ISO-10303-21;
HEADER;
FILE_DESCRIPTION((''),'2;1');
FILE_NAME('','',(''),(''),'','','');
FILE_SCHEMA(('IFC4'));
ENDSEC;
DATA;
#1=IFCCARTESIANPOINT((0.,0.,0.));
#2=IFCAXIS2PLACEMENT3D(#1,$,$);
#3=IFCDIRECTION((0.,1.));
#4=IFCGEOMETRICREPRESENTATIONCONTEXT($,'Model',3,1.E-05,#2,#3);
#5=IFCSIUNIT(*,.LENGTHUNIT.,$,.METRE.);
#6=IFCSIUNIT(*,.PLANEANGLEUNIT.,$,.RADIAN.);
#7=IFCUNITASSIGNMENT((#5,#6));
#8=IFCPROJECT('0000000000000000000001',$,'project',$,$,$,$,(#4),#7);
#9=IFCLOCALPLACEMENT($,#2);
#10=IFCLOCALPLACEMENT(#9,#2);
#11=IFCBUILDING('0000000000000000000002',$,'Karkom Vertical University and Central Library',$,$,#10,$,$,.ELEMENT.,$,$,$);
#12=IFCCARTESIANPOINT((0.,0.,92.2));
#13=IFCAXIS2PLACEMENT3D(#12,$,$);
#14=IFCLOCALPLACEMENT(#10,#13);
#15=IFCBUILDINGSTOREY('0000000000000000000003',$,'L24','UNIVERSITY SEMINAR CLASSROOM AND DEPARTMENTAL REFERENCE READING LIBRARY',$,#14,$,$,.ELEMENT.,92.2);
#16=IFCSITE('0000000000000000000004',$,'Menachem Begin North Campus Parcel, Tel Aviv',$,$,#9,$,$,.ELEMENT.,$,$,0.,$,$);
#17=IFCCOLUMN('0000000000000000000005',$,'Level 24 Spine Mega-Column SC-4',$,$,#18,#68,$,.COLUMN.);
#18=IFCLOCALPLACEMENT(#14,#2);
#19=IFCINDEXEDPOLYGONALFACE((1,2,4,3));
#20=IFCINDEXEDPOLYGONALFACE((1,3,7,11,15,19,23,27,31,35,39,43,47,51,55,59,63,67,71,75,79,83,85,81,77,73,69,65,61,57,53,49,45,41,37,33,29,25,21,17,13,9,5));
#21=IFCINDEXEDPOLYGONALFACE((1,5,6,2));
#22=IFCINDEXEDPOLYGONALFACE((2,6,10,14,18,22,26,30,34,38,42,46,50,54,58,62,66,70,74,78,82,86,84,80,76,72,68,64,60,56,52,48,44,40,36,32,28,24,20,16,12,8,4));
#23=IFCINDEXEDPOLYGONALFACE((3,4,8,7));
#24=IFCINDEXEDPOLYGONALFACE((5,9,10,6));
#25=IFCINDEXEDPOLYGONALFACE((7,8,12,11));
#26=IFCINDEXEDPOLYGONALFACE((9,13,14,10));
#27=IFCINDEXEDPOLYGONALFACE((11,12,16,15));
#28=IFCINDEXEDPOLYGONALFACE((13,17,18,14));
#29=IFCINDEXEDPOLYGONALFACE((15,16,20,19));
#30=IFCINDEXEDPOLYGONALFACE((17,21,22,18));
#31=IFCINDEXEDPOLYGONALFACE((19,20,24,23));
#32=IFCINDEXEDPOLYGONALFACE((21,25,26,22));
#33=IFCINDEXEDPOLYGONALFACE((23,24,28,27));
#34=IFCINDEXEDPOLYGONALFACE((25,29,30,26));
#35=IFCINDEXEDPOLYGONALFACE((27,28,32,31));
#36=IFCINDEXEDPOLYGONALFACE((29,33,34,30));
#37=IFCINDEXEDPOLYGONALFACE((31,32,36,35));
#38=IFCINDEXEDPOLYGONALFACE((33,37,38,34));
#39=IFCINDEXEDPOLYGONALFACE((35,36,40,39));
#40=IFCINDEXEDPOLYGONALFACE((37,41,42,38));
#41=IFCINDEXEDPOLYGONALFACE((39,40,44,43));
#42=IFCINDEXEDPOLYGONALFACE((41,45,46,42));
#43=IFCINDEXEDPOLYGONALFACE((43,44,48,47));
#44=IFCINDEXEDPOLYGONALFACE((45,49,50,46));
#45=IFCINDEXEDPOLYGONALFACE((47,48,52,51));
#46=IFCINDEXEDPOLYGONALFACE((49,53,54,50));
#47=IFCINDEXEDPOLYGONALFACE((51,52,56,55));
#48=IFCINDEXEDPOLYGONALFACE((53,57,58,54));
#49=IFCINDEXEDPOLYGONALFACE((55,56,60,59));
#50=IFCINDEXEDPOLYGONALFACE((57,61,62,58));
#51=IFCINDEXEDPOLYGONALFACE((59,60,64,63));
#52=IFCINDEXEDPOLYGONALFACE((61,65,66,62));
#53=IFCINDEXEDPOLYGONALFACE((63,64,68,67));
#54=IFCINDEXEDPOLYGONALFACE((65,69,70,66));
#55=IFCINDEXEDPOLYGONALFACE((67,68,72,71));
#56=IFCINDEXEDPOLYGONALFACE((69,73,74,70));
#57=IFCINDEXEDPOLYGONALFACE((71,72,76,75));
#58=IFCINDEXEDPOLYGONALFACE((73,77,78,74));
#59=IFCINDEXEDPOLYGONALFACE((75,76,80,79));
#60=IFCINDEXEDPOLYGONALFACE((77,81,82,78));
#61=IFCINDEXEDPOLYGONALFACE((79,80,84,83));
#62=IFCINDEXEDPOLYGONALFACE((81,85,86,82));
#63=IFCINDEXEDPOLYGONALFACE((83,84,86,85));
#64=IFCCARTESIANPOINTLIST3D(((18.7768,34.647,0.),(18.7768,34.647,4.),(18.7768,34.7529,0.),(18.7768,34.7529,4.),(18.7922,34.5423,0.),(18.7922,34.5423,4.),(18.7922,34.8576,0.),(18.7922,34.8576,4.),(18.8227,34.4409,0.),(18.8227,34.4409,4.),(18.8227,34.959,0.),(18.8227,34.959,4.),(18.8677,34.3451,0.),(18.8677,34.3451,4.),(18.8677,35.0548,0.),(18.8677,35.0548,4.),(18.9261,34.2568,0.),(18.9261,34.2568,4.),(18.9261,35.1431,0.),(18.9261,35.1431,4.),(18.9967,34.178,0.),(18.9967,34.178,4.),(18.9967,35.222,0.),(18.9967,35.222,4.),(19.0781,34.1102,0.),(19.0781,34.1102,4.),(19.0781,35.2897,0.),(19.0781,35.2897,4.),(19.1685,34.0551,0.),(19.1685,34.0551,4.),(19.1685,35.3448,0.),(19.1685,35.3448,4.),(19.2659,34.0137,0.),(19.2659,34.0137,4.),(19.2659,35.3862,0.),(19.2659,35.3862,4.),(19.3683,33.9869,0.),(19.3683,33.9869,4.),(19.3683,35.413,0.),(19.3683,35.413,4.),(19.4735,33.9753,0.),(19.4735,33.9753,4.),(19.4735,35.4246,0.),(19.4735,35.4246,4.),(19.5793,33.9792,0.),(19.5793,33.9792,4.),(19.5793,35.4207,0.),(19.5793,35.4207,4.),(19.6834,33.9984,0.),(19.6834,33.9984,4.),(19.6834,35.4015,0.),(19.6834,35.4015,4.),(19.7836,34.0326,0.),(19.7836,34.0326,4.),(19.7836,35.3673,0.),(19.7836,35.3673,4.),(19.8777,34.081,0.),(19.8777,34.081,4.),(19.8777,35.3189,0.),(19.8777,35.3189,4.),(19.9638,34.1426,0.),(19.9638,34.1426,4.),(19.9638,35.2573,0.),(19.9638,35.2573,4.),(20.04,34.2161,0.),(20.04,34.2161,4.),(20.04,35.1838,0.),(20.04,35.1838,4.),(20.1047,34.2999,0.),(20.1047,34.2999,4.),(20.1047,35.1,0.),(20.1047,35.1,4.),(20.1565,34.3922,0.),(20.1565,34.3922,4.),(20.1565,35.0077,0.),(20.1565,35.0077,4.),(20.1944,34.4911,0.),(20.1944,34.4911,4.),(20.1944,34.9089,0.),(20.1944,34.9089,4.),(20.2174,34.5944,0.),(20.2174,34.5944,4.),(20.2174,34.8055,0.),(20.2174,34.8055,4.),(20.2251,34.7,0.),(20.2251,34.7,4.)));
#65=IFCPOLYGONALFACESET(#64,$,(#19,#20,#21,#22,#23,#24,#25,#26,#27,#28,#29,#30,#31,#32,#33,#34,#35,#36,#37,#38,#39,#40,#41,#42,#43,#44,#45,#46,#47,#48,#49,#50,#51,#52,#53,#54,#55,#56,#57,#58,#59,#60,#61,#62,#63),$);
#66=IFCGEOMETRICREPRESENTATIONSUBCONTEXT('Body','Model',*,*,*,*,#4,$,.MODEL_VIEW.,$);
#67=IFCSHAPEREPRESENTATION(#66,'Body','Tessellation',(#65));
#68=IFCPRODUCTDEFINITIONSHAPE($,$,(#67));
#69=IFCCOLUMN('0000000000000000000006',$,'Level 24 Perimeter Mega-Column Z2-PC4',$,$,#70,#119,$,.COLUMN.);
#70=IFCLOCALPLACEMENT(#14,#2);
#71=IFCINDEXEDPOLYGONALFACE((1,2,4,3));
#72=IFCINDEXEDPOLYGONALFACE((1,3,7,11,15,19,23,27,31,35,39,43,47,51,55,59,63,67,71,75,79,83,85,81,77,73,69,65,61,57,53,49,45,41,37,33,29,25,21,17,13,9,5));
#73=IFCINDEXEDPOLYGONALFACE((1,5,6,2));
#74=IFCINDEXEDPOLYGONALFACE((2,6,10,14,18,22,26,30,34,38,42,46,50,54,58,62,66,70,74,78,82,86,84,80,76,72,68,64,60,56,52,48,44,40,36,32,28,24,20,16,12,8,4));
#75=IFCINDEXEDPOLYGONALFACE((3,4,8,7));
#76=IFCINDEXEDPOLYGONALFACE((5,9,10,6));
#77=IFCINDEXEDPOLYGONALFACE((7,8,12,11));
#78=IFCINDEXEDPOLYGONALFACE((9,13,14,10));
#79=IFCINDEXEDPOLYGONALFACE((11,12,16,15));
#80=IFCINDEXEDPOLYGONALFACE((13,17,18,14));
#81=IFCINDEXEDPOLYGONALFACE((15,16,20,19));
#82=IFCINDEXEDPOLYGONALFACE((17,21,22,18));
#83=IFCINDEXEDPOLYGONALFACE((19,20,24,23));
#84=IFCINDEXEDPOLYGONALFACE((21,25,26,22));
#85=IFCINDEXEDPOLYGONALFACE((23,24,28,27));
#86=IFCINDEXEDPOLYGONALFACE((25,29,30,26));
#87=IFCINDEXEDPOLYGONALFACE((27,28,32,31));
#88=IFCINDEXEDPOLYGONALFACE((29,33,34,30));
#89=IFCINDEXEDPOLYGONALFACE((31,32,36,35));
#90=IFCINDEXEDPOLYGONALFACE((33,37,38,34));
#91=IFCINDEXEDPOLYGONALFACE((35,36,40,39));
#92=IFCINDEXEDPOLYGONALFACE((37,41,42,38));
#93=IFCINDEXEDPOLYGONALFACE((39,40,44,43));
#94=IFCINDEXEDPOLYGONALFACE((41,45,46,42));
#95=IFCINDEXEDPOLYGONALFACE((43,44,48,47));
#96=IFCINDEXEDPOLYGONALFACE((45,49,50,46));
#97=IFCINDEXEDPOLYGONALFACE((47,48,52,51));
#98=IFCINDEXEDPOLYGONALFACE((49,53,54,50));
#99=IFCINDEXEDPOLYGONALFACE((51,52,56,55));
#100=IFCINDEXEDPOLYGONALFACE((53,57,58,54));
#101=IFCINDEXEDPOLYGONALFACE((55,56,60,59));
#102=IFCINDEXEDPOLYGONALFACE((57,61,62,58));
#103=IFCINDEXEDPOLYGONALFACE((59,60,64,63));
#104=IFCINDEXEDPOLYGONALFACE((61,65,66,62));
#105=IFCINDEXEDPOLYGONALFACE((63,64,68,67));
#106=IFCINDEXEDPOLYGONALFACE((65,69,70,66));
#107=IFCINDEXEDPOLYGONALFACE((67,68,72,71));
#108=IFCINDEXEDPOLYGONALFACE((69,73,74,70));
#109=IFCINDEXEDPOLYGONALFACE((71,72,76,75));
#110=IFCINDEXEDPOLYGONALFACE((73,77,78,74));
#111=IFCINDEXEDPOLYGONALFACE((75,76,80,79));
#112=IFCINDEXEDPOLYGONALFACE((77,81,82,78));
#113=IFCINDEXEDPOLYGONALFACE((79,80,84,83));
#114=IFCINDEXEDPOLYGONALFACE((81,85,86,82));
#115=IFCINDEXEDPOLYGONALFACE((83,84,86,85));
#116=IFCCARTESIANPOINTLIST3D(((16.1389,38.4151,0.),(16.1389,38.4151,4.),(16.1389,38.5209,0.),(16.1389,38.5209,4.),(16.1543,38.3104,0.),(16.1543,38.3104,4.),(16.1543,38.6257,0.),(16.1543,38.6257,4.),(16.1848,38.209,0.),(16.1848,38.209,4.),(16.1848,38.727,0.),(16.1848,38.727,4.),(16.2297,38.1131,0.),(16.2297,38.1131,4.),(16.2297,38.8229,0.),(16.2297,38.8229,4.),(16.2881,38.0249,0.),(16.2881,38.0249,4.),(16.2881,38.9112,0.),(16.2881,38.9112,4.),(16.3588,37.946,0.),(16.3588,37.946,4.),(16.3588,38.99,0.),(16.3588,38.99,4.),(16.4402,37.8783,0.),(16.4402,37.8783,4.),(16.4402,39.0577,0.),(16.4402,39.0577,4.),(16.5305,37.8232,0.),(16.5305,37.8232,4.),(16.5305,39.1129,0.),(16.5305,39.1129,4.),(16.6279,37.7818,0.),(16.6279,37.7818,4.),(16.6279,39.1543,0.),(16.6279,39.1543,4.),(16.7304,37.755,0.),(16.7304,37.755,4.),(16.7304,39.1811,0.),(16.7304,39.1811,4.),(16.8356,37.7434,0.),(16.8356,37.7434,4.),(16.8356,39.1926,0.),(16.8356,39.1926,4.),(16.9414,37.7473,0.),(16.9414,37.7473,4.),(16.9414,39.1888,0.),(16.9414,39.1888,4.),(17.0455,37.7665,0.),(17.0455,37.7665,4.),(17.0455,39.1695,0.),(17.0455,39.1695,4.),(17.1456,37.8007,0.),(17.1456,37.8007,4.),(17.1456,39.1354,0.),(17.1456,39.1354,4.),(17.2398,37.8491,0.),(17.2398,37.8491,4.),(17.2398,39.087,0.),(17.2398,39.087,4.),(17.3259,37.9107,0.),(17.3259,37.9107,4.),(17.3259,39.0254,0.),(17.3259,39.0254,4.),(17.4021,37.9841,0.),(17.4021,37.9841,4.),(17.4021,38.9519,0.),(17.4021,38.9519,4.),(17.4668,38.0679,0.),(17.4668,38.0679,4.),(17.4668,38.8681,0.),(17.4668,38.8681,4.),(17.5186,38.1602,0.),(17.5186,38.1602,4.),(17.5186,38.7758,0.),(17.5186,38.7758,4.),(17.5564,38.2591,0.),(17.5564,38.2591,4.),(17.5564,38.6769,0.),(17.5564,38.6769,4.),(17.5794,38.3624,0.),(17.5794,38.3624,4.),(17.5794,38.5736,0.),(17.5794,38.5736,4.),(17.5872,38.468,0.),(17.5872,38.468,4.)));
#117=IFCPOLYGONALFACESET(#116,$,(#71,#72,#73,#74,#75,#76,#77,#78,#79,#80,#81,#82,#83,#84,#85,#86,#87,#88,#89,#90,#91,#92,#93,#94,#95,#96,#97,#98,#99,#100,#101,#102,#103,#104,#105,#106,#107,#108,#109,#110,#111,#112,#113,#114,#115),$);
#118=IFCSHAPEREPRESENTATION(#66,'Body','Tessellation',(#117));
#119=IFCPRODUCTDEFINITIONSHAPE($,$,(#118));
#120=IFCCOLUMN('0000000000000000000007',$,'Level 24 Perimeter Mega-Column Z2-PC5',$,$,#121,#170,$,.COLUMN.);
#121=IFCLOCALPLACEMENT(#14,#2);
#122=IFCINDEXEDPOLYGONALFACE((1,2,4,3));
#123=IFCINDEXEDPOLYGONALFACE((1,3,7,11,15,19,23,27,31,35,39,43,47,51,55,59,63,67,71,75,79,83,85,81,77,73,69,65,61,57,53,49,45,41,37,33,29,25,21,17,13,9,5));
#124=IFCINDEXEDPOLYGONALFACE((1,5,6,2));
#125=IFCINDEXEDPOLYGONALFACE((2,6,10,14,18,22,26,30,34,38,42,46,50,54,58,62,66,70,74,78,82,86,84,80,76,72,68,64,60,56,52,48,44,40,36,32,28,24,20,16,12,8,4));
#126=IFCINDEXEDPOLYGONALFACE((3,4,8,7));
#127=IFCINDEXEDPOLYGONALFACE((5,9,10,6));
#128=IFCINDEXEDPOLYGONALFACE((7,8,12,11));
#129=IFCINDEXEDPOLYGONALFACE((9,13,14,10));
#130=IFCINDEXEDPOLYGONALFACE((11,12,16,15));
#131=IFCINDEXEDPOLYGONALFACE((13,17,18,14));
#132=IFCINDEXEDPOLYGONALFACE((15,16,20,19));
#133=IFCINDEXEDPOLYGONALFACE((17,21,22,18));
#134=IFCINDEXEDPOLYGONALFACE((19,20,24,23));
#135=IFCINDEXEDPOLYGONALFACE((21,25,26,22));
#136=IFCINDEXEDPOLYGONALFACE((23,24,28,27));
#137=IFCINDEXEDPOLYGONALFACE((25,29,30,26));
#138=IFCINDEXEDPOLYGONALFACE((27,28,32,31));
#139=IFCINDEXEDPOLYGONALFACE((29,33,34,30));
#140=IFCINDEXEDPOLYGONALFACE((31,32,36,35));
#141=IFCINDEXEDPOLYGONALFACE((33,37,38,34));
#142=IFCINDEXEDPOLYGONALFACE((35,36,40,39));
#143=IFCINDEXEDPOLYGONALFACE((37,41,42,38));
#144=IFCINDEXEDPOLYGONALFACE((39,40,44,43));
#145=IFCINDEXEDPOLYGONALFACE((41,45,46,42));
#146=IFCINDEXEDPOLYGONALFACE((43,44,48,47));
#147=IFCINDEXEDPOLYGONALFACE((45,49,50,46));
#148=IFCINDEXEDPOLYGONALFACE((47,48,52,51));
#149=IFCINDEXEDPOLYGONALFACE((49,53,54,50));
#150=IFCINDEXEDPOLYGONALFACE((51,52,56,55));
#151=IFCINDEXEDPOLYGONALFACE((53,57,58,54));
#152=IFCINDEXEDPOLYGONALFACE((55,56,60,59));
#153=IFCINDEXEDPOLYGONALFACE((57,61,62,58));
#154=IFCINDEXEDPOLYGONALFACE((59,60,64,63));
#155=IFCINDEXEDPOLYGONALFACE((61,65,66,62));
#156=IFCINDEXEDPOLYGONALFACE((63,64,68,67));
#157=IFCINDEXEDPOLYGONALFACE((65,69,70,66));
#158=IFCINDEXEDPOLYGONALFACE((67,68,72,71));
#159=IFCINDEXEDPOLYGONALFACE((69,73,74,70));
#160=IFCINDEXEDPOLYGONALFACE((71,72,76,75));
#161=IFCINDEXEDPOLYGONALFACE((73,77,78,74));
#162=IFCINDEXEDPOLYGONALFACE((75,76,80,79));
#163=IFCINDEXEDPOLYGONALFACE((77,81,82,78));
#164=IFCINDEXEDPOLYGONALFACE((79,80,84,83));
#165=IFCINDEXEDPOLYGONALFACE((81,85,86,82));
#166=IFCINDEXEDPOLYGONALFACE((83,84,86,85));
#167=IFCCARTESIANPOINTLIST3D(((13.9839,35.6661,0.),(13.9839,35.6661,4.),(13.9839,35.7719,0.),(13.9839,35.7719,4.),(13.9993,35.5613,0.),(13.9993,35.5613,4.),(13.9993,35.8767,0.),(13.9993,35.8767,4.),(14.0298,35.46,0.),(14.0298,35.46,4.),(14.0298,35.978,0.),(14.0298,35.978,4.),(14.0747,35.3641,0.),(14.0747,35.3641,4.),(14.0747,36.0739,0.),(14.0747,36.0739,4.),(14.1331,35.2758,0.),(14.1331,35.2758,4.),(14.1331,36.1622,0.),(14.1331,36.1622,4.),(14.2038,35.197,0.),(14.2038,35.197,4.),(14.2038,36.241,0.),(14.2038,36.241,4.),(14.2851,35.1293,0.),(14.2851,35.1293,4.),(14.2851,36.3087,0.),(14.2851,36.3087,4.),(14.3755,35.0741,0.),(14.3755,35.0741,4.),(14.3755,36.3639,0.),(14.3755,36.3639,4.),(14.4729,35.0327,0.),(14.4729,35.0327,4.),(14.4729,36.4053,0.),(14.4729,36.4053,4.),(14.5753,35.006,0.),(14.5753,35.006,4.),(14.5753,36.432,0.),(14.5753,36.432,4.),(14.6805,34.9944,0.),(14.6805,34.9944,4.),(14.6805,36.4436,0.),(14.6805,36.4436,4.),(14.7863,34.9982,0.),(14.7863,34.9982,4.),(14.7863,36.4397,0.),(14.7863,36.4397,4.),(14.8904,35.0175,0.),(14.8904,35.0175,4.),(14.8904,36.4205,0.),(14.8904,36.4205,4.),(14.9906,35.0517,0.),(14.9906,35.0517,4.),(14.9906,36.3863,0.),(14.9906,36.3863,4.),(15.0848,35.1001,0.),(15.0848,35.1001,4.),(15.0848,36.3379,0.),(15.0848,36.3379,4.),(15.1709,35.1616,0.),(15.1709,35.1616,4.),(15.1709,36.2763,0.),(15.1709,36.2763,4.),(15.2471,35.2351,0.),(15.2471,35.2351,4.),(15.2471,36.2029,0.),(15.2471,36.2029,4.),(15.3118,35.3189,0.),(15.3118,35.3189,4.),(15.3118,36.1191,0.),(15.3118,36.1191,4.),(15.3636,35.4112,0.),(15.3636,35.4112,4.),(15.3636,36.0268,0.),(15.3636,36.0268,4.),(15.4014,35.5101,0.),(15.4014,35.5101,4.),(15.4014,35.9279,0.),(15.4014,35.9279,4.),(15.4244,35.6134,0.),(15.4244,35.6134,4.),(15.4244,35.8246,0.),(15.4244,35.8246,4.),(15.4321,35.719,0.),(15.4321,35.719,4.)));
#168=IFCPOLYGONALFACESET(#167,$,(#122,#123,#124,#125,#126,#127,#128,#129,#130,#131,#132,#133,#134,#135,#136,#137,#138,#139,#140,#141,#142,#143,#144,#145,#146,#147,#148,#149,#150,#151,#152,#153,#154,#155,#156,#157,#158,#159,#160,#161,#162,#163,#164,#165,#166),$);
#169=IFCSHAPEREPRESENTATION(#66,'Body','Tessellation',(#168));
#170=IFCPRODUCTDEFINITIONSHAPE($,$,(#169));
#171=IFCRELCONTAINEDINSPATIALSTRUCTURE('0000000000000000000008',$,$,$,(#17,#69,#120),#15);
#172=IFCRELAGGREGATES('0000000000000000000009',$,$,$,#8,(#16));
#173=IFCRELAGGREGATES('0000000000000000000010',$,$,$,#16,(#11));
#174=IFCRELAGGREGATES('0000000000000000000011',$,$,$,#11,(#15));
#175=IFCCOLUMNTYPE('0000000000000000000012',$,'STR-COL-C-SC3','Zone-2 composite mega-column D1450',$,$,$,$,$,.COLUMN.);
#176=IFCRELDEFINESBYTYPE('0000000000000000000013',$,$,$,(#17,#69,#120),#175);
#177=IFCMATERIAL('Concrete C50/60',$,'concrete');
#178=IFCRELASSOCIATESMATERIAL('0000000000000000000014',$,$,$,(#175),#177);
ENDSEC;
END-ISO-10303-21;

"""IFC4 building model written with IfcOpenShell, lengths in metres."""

from ifc_helpers import new_model, si_unit, direction, frame, origin, origin_with_axes, origin_2d, place, context, subcontext, project, spatial, circle, extrude, source, transform, mapped, material, material_profile, profile_set, type_object, element, save


model = new_model("IFC4")

# Units and contexts
model_context = context("Model", 3, precision=1e-05, world=origin(), true_north=direction((0.0, 1.0)))
body_context = subcontext(model_context, "Body", "Model", "MODEL_VIEW")
ifc_project = project(units=[si_unit("LENGTHUNIT", "METRE"), si_unit("PLANEANGLEUNIT", "RADIAN")], contexts=[model_context])

# Site, building, storey
site_placement = place(None, origin())
site = spatial("IfcSite", under=ifc_project, at=site_placement, Name="Menachem Begin North Campus Parcel, Tel Aviv", CompositionType="ELEMENT", RefElevation=0.0)
building_placement = place(site_placement, origin())
building = spatial("IfcBuilding", under=site, at=building_placement, Name="Karkom Vertical University and Central Library", CompositionType="ELEMENT")
storey_placement = place(building_placement, frame((0.0, 0.0, 92.2)))
storey = spatial("IfcBuildingStorey", under=building, at=storey_placement, Name="L24", Description="UNIVERSITY SEMINAR CLASSROOM AND DEPARTMENTAL REFERENCE READING LIBRARY", CompositionType="ELEMENT", Elevation=92.2)

# Columns
ifc_material_1 = material(Name="Concrete C50/60", Category="concrete")
ifc_material_profile_1 = material_profile(ifc_material_1, circle(Radius=0.7251, at=origin_2d()), Name="CFT-D1450")
ifc_profile_set_1 = profile_set([ifc_material_profile_1], Name="Concrete C50/60")
column_type = type_object("IfcColumnType", Name="STR-COL-C-SC3", Description="Zone-2 composite mega-column D1450", PredefinedType="COLUMN", material=ifc_profile_set_1)
shared_shape_1 = source(origin_with_axes(), body_context, "Body", "SweptSolid", [
    extrude(circle(Radius=0.7251, at=origin_2d()), origin(), (0.0, 0.0, 1.0), 4.0),
])
for number, where, z_axis, x_axis, name in (
    (1, (19.5, 34.7, 0.0), (0.0, 0.0, 1.0), (1.0, 0.0, 0.0), "Level 24 Spine Mega-Column SC-4"),
    (2, (16.8621, 38.468, 0.0), (0.0, 0.0, 1.0), (1.0, 0.0, 0.0), "Level 24 Perimeter Mega-Column Z2-PC4"),
    (3, (14.707, 35.719, 0.0), (0.0, 0.0, 1.0), (1.0, 0.0, 0.0), "Level 24 Perimeter Mega-Column Z2-PC5"),
):
    element("IfcColumn", number, at=place(storey_placement, frame(where, z_axis=z_axis, x_axis=x_axis)), inside=storey, type_object=column_type, Name=name, PredefinedType="COLUMN", context=body_context, shape_type="MappedRepresentation", body=[
        mapped(shared_shape_1, transform((0.0, 0.0, 0.0), scale=1.0)),
    ])

save(model, "model.ifc")
